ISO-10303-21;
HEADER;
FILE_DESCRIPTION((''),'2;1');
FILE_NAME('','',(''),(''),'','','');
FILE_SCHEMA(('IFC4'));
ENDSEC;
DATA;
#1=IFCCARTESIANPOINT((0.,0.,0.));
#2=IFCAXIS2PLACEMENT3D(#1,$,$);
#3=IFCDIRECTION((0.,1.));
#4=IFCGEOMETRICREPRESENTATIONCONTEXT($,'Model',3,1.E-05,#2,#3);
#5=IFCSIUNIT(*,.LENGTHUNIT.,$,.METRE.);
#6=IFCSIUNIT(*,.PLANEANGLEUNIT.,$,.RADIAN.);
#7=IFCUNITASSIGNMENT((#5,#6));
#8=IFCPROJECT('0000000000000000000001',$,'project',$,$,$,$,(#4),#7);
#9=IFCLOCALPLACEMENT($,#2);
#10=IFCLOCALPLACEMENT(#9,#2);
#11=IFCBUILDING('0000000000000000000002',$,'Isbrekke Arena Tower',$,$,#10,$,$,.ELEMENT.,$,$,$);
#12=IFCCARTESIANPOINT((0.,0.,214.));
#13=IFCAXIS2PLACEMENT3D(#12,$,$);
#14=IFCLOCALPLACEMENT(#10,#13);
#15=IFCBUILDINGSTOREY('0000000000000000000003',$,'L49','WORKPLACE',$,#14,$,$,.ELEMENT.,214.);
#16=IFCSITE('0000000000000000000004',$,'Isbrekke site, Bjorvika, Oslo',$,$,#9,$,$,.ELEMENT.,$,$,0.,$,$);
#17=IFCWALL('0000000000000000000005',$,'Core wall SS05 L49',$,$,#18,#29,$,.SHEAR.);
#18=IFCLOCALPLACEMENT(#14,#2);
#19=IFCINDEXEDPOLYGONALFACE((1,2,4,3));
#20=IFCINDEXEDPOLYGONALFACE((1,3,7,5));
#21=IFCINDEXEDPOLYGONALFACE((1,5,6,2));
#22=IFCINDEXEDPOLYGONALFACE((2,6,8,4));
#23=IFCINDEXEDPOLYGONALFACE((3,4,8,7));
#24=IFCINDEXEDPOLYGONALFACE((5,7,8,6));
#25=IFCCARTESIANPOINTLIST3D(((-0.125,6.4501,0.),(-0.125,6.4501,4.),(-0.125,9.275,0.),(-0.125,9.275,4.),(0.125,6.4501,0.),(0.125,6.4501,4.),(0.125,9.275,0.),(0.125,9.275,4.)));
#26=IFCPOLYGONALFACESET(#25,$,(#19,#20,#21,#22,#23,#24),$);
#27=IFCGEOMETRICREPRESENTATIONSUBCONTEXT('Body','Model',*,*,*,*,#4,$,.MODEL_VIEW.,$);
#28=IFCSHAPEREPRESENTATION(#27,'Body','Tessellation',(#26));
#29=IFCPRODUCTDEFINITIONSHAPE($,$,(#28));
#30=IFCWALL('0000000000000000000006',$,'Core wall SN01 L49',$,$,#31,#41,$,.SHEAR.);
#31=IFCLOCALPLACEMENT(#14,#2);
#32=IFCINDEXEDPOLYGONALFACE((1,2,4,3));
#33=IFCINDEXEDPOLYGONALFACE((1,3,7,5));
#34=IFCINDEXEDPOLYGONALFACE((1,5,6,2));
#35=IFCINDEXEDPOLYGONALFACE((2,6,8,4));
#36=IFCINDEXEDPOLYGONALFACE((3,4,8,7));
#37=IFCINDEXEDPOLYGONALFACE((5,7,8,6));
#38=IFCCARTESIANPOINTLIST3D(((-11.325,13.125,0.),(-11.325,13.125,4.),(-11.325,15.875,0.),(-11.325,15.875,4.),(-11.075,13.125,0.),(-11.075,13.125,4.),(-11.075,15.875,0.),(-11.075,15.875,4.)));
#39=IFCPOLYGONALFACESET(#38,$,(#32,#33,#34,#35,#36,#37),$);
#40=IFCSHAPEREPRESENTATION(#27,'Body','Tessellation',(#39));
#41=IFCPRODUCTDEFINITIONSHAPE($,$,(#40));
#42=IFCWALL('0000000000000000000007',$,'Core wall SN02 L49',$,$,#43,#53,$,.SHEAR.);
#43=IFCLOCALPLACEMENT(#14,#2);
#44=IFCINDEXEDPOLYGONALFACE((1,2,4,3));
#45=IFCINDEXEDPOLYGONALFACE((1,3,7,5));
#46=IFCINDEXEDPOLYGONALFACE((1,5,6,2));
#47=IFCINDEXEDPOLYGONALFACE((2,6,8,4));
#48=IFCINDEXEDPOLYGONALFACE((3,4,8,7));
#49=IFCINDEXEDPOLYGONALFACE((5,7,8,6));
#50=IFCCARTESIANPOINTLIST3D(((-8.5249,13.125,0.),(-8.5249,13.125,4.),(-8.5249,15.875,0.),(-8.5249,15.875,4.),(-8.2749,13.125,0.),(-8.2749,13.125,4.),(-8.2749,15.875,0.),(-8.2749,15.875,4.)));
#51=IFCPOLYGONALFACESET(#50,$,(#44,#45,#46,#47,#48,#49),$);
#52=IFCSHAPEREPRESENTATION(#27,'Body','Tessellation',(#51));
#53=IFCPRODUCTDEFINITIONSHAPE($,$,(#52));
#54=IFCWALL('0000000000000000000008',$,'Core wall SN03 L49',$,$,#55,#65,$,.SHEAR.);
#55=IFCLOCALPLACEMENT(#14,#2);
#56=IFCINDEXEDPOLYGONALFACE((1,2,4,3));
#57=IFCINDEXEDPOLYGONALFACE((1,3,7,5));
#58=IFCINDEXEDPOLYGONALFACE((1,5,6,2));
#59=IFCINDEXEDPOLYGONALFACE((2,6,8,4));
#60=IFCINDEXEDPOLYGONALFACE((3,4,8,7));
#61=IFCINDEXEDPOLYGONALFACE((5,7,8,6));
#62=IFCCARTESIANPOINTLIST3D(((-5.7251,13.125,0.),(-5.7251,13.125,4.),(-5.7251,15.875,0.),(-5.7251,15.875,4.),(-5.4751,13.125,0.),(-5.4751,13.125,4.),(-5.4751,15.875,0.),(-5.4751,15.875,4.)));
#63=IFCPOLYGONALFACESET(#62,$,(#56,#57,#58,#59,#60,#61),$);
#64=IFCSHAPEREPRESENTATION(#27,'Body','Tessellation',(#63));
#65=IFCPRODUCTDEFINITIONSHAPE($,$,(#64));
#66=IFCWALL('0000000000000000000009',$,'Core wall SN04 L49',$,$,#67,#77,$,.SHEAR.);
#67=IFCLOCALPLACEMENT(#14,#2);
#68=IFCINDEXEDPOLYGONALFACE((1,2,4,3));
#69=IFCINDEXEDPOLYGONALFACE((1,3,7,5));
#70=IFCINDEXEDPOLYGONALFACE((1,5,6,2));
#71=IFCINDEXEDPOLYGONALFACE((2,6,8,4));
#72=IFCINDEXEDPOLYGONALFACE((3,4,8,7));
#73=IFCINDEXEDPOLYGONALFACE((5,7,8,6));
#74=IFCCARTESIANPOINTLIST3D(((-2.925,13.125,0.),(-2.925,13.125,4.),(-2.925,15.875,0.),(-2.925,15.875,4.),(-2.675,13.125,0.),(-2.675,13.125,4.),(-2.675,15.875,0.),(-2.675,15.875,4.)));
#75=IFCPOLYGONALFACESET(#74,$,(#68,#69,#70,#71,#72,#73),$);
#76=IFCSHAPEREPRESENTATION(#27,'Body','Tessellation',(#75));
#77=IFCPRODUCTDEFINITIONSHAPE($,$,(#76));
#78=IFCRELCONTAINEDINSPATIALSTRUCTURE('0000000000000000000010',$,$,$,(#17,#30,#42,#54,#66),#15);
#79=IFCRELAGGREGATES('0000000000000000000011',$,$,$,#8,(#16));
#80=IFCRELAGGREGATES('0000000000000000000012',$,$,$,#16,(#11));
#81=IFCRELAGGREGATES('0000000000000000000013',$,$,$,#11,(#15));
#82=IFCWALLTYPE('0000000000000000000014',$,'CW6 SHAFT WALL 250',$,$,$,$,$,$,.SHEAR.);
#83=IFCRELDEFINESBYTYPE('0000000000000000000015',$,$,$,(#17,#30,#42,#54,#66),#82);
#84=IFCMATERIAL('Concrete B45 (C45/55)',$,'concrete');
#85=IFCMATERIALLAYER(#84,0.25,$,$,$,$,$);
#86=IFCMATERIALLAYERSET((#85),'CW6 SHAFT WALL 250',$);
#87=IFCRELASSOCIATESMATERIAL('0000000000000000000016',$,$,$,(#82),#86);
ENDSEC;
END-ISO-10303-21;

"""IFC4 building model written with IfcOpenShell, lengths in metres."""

from ifc_helpers import new_model, si_unit, direction, frame, frame_2d, origin, place, context, subcontext, project, spatial, rectangle, extrude, material, layer, layer_set, type_object, element, save


model = new_model("IFC4")

# Units and contexts
model_context = context("Model", 3, precision=1e-05, world=origin(), true_north=direction((0.0, 1.0)))
body_context = subcontext(model_context, "Body", "Model", "MODEL_VIEW")
ifc_project = project(units=[si_unit("LENGTHUNIT", "METRE"), si_unit("PLANEANGLEUNIT", "RADIAN")], contexts=[model_context])

# Site, building, storey
site_placement = place(None, origin())
site = spatial("IfcSite", under=ifc_project, at=site_placement, Name="Isbrekke site, Bjorvika, Oslo", CompositionType="ELEMENT", RefElevation=0.0)
building_placement = place(site_placement, origin())
building = spatial("IfcBuilding", under=site, at=building_placement, Name="Isbrekke Arena Tower", CompositionType="ELEMENT")
storey_placement = place(building_placement, frame((0.0, 0.0, 214.0)))
storey = spatial("IfcBuildingStorey", under=building, at=storey_placement, Name="L49", Description="WORKPLACE", CompositionType="ELEMENT", Elevation=214.0)

# Shared definitions
ifc_material_1 = material(Name="Concrete B45 (C45/55)", Category="concrete")
ifc_layer_1 = layer(ifc_material_1, 0.25)
ifc_layer_set_1 = layer_set([ifc_layer_1], Name="CW6 SHAFT WALL 250")
wall_type_1 = type_object("IfcWallType", Name="CW6 SHAFT WALL 250", PredefinedType="SHEAR", material=ifc_layer_set_1)

# Walls
for number, where, z_axis, x_axis, name in (
    (1, (0.0, 6.45, 0.0), (0.0, 0.0, 1.0), (0.0, 1.0, 0.0), "Core wall SS05 L49"),
):
    element("IfcWall", number, at=place(storey_placement, frame(where, z_axis=z_axis, x_axis=x_axis)), inside=storey, type_object=wall_type_1, Name=name, PredefinedType="SHEAR", context=body_context, shape_type="SweptSolid", body=[
        extrude(rectangle(XDim=2.825, YDim=0.25, at=frame_2d((1.4126, 0.0))), origin(), (0.0, 0.0, 1.0), 4.0),
    ])
for number, where, z_axis, x_axis, name in (
    (2, (-11.2, 13.125, 0.0), (0.0, 0.0, 1.0), (0.0, 1.0, 0.0), "Core wall SN01 L49"),
    (3, (-8.3999, 13.125, 0.0), (0.0, 0.0, 1.0), (0.0, 1.0, 0.0), "Core wall SN02 L49"),
    (4, (-5.6001, 13.125, 0.0), (0.0, 0.0, 1.0), (0.0, 1.0, 0.0), "Core wall SN03 L49"),
    (5, (-2.8, 13.125, 0.0), (0.0, 0.0, 1.0), (0.0, 1.0, 0.0), "Core wall SN04 L49"),
):
    element("IfcWall", number, at=place(storey_placement, frame(where, z_axis=z_axis, x_axis=x_axis)), inside=storey, type_object=wall_type_1, Name=name, PredefinedType="SHEAR", context=body_context, shape_type="SweptSolid", body=[
        extrude(rectangle(XDim=2.75, YDim=0.25, at=frame_2d((1.375, 0.0))), origin(), (0.0, 0.0, 1.0), 4.0),
    ])

save(model, "model.ifc")
